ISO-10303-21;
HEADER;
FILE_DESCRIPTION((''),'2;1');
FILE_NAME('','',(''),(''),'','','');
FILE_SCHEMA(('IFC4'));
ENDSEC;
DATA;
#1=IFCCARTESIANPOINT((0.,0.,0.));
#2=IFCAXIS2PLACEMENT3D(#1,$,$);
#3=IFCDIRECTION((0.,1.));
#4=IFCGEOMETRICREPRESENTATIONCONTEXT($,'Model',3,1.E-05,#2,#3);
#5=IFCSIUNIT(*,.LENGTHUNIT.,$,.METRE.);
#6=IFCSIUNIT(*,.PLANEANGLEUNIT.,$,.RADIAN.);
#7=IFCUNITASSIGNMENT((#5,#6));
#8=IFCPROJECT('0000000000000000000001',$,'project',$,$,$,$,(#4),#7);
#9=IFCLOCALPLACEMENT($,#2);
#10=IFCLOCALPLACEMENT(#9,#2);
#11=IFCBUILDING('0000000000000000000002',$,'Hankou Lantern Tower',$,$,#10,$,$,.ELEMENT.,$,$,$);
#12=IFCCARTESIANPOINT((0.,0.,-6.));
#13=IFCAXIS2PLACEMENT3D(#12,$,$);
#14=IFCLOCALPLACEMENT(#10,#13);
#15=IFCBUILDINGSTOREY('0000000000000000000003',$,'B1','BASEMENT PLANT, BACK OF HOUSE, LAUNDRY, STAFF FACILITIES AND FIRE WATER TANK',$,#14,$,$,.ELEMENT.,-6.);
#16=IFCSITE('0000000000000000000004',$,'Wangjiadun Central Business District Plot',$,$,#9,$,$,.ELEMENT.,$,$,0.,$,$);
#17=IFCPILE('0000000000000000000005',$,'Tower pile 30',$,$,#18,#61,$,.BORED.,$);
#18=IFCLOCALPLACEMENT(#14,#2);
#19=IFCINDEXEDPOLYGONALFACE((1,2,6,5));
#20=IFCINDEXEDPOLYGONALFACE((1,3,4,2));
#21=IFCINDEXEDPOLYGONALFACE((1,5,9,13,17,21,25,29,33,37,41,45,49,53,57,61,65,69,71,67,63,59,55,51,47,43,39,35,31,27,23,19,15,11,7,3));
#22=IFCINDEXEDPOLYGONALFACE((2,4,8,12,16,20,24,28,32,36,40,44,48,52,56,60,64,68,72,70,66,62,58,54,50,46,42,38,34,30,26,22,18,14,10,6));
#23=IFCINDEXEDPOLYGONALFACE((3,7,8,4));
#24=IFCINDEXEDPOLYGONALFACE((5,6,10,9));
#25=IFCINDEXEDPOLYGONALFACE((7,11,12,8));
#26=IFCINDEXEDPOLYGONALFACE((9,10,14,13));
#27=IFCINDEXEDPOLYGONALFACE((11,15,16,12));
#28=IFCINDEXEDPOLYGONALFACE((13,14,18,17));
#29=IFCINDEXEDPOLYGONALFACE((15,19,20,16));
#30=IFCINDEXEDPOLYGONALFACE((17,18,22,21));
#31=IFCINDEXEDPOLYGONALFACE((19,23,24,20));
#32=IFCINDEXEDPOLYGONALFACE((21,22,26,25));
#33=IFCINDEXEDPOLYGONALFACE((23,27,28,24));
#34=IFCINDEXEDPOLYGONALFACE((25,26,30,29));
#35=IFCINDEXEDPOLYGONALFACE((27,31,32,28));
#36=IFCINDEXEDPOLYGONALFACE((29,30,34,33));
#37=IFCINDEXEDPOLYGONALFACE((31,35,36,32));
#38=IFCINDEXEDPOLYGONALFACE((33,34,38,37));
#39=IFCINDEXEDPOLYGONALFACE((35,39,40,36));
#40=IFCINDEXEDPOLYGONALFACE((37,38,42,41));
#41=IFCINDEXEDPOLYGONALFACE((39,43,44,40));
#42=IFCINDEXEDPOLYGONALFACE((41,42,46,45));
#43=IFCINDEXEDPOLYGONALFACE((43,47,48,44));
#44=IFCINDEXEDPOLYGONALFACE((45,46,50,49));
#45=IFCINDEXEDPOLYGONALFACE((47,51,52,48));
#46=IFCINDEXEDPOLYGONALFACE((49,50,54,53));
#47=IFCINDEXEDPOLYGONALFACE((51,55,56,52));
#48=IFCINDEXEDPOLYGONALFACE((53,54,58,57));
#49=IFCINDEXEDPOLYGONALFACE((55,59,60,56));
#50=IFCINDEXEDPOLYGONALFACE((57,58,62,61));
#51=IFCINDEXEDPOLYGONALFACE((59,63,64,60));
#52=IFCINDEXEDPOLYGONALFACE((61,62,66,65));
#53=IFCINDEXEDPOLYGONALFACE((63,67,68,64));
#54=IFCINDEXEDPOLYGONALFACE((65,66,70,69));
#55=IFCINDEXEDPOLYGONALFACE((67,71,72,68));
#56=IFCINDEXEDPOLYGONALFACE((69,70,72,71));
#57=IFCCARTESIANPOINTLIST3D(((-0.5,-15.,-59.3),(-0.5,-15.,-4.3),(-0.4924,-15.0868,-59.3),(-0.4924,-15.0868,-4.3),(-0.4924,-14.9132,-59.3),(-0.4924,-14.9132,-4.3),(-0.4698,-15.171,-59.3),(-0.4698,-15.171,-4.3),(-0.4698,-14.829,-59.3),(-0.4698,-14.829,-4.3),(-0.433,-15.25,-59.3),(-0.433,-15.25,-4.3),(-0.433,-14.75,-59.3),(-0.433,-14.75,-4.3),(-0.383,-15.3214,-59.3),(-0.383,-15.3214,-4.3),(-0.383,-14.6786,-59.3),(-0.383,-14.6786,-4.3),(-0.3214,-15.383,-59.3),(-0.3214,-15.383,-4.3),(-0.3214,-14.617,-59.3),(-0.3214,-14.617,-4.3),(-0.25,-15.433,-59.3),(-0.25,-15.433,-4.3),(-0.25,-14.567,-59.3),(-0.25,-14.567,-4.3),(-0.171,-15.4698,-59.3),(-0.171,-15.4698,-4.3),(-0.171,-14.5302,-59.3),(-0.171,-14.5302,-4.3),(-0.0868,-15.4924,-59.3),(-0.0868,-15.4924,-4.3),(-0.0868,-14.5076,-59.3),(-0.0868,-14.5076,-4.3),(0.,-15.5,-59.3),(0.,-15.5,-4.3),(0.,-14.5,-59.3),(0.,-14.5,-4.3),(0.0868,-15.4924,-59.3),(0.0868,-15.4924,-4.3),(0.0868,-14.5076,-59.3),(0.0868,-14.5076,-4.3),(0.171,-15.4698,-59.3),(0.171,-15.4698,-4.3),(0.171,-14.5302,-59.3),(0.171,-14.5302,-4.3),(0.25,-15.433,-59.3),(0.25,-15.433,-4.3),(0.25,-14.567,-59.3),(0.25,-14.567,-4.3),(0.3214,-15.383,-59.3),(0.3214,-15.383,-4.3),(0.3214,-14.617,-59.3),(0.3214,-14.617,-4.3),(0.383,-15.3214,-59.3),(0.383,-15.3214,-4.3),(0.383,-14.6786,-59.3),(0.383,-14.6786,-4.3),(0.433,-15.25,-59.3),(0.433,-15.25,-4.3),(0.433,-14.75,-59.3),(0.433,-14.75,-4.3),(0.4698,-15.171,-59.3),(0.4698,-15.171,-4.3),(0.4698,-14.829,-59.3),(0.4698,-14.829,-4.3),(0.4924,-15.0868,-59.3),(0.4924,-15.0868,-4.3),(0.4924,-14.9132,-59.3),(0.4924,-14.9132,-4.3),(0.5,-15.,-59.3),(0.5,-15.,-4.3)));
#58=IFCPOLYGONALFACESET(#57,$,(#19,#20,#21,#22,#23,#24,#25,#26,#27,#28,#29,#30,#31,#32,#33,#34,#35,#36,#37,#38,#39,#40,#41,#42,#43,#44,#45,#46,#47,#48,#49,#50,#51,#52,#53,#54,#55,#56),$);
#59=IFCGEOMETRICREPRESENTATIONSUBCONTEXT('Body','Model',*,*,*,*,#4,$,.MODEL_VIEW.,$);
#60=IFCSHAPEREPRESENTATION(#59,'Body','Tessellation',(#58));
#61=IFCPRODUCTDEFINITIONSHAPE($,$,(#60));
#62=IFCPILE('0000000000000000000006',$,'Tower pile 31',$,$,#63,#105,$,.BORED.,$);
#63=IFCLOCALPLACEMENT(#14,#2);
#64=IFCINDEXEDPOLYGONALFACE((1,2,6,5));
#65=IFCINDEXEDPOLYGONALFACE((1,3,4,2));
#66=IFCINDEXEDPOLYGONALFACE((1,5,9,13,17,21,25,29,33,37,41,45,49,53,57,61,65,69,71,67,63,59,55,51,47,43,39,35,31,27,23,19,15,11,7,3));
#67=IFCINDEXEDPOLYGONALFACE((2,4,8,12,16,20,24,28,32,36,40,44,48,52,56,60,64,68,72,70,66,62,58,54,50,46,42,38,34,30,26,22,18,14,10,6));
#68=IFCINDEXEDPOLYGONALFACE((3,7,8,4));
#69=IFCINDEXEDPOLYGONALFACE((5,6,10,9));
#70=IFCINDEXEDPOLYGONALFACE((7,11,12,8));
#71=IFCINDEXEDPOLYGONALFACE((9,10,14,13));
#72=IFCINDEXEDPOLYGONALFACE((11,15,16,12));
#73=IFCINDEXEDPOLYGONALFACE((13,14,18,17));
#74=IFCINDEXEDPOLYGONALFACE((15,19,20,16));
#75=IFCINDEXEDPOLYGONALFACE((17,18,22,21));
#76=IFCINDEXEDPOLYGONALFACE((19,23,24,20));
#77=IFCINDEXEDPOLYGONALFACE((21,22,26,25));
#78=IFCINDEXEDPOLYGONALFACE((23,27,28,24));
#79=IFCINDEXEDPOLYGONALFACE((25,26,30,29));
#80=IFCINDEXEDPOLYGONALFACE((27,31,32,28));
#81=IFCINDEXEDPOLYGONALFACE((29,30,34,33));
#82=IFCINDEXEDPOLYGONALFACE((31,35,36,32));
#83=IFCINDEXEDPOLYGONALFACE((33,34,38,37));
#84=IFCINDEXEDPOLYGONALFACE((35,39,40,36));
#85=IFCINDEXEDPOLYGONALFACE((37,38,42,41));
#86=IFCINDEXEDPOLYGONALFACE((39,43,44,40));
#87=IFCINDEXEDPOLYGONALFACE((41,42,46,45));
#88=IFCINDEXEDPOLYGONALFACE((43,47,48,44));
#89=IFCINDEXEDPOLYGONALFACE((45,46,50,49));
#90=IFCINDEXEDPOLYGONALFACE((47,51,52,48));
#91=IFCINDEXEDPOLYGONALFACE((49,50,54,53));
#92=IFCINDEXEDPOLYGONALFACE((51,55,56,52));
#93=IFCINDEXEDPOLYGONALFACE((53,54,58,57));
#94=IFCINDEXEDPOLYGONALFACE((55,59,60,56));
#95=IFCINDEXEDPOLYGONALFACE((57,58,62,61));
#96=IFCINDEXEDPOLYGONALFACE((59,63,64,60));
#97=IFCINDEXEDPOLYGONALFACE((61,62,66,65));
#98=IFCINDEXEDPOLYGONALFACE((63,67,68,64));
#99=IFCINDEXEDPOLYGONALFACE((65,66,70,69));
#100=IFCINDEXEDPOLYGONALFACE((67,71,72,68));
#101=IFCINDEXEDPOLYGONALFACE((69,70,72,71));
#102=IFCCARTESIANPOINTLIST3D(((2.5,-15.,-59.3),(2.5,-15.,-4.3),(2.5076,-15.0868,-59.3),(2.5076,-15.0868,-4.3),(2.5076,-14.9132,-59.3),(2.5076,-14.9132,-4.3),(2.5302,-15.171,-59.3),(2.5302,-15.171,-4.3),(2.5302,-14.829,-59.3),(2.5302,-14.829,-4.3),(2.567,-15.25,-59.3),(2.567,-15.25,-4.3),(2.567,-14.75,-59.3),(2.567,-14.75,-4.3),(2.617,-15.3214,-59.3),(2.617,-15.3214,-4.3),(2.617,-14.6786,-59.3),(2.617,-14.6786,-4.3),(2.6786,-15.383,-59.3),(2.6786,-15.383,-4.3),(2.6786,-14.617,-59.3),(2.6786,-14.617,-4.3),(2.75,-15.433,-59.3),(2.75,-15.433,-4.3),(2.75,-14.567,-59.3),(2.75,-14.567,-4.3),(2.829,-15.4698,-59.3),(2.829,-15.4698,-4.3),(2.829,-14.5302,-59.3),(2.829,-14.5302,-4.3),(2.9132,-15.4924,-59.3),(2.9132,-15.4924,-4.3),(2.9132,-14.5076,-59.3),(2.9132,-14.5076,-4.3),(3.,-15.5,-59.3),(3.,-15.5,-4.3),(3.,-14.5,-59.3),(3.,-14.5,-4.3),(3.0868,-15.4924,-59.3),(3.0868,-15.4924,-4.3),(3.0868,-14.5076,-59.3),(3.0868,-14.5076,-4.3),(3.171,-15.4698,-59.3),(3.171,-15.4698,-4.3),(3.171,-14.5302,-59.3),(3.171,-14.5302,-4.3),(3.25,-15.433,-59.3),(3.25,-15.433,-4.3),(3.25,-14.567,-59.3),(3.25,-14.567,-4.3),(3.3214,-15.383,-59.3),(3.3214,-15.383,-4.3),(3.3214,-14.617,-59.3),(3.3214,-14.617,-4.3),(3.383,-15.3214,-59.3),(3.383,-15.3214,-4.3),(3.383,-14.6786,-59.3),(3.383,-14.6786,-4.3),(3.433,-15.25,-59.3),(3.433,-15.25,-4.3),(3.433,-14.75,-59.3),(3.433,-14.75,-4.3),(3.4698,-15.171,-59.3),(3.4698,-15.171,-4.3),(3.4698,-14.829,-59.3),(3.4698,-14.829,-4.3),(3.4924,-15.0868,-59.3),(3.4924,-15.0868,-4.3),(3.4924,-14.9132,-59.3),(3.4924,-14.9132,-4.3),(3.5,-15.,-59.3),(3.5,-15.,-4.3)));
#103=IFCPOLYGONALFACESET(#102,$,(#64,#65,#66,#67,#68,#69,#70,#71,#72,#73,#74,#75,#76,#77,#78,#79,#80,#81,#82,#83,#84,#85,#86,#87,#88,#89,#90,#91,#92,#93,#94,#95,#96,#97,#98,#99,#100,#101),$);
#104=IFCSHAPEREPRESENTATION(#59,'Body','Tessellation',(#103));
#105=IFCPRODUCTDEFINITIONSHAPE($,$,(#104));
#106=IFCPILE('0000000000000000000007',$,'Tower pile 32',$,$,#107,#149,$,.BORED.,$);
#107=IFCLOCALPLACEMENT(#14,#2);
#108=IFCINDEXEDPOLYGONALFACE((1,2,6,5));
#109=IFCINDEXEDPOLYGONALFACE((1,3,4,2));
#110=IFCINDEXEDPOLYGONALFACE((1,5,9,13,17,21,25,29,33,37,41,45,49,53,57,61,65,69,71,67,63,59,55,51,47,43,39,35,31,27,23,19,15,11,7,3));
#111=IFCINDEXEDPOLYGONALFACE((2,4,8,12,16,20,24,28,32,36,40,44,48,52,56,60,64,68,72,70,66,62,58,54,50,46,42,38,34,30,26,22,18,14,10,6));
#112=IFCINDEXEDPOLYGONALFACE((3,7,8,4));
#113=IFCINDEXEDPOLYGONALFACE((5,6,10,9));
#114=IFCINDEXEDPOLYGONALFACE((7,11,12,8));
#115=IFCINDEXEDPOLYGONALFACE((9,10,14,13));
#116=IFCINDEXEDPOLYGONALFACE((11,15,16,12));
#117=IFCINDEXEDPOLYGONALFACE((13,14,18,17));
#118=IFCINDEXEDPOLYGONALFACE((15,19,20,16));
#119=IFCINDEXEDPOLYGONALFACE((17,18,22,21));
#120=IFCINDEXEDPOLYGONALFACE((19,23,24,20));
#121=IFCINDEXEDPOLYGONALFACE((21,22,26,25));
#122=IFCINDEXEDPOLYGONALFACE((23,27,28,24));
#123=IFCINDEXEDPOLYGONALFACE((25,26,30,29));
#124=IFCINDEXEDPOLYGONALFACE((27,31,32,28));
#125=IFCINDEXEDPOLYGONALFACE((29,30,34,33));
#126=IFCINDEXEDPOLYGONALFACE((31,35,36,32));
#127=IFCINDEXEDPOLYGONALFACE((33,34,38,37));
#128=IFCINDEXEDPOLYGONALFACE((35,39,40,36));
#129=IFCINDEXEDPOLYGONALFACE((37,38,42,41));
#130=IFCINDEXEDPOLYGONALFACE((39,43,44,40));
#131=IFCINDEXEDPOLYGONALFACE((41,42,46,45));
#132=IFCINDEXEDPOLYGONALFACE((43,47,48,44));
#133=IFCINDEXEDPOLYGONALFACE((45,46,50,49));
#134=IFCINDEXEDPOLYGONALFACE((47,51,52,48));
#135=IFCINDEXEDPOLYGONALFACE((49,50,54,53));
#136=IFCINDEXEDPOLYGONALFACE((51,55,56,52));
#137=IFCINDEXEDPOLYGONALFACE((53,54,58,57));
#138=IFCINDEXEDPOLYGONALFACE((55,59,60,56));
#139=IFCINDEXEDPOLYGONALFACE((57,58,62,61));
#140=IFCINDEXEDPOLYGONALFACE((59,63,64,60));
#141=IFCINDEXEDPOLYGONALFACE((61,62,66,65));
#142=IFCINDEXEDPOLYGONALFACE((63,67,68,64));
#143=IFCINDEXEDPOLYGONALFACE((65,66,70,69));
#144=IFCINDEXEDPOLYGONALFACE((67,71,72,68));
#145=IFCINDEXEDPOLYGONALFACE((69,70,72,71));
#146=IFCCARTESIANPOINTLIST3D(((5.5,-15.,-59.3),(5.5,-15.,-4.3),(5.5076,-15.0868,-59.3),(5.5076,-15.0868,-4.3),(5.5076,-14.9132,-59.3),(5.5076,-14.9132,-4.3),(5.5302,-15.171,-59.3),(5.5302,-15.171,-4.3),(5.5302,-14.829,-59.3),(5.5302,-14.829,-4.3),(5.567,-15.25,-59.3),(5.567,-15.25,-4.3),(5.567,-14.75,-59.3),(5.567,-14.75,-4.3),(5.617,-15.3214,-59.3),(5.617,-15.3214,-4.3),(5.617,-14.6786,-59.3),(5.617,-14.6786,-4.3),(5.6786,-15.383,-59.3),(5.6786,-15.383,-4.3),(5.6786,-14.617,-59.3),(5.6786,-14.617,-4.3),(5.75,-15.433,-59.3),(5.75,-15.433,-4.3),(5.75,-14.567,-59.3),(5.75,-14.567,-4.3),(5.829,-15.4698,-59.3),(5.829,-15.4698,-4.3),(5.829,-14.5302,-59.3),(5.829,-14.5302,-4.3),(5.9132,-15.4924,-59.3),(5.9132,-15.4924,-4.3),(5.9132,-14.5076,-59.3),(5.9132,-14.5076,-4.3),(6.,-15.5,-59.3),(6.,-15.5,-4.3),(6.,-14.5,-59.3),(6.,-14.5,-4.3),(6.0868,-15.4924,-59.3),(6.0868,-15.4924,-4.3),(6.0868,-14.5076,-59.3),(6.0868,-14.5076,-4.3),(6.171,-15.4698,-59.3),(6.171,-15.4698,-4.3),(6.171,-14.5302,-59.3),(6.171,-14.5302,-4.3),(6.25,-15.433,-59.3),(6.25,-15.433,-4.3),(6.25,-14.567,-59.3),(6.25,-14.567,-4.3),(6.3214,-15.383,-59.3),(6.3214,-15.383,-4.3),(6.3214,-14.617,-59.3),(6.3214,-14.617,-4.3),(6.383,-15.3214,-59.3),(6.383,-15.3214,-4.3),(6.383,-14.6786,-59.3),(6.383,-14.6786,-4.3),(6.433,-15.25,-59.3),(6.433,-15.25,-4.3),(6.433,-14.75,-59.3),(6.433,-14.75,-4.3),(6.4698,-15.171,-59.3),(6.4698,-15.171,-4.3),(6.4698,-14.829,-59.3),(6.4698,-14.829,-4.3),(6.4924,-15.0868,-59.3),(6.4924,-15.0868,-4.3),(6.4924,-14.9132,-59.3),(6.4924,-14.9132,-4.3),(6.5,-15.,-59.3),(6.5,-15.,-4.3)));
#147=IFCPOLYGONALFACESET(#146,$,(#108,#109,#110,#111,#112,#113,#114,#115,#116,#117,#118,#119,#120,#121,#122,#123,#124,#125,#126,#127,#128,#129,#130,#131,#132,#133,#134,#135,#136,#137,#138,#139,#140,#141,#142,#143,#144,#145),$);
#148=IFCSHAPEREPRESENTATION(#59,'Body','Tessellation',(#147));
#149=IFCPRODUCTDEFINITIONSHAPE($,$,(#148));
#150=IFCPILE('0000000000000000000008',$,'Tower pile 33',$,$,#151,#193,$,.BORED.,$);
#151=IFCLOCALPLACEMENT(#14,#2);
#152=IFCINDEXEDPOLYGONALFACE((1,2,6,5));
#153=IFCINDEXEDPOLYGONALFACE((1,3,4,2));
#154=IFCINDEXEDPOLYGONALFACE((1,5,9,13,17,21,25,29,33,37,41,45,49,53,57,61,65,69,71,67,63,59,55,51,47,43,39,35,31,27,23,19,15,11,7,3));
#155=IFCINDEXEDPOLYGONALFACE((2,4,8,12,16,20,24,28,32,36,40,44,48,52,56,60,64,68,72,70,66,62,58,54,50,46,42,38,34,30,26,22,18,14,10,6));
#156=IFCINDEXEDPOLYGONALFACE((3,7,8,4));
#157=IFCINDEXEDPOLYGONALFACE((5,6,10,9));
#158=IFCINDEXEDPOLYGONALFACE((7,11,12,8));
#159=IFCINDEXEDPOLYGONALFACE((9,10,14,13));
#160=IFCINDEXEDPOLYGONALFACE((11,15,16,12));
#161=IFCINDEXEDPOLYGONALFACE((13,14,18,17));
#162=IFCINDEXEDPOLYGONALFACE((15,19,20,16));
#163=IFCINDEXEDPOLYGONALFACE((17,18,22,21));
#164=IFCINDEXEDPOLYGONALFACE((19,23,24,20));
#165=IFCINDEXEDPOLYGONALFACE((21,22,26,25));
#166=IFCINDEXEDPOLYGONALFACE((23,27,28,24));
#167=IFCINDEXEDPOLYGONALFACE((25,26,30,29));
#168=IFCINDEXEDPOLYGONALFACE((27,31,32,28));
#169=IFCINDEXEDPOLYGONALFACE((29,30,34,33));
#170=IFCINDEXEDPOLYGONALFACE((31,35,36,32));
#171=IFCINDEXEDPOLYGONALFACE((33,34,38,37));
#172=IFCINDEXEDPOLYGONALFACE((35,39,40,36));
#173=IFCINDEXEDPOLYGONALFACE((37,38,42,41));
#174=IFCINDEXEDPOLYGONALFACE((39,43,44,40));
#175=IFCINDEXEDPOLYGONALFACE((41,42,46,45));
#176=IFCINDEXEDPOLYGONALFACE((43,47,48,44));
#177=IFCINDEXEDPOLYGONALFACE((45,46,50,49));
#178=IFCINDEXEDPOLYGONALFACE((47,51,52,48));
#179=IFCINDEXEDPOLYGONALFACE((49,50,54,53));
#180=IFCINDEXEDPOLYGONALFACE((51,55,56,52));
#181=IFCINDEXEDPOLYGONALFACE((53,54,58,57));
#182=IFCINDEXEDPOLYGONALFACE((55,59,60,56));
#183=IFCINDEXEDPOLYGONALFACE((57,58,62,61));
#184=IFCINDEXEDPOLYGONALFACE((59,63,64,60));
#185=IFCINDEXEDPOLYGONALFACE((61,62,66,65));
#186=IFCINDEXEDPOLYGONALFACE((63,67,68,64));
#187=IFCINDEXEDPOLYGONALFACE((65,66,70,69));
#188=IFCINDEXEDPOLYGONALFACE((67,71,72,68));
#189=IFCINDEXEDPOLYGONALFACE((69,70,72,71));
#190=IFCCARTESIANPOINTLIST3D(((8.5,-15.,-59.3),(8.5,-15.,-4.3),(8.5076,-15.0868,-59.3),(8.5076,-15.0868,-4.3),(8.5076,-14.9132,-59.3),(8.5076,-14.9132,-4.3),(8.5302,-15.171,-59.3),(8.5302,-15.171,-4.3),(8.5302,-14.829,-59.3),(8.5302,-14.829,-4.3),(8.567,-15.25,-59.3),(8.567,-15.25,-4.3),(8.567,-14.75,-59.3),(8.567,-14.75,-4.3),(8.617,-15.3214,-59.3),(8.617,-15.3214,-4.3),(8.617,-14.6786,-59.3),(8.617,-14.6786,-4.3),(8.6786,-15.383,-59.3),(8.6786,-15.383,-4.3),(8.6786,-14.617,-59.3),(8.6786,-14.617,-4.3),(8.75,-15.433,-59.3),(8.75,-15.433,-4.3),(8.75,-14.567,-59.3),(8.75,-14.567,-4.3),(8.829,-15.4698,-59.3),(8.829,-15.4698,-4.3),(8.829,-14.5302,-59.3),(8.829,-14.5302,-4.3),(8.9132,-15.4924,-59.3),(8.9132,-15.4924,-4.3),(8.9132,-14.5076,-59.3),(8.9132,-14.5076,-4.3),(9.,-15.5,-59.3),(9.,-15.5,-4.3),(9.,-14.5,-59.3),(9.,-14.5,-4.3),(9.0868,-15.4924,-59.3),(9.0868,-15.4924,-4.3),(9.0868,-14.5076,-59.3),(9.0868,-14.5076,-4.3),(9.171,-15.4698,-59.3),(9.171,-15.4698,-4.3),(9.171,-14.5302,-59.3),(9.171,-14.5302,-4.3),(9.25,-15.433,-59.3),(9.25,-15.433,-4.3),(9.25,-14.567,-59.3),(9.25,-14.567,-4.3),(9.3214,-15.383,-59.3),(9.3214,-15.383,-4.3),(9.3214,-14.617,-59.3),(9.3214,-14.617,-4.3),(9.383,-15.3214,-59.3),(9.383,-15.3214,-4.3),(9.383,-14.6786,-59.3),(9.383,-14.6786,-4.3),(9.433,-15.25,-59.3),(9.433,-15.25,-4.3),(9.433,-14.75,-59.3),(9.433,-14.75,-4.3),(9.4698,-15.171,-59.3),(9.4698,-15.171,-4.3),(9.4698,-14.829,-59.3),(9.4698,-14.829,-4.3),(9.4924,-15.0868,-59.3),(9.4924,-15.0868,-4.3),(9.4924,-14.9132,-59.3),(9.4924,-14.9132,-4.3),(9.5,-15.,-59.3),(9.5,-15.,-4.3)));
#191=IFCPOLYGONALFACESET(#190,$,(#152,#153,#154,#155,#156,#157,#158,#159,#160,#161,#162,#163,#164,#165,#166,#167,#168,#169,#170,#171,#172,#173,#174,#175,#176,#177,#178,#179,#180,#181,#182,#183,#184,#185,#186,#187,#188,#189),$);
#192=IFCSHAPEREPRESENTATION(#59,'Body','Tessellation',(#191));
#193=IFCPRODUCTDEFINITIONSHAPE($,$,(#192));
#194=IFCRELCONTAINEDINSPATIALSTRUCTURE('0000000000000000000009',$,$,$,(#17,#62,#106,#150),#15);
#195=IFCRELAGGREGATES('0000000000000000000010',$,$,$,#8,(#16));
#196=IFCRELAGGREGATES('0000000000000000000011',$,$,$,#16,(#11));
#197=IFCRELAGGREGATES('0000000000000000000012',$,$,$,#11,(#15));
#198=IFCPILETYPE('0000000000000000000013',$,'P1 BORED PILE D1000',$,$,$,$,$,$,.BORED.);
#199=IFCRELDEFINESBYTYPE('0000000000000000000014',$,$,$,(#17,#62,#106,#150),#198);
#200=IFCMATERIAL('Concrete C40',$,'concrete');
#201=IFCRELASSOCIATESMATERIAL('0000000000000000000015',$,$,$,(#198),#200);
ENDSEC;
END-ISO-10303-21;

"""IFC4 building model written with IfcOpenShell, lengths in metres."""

from ifc_helpers import new_model, si_unit, direction, frame, origin, origin_2d, place, context, subcontext, project, spatial, circle, extrude, material, material_profile, profile_set, type_object, element, save


model = new_model("IFC4")

# Units and contexts
model_context = context("Model", 3, precision=1e-05, world=origin(), true_north=direction((0.0, 1.0)))
body_context = subcontext(model_context, "Body", "Model", "MODEL_VIEW")
ifc_project = project(units=[si_unit("LENGTHUNIT", "METRE"), si_unit("PLANEANGLEUNIT", "RADIAN")], contexts=[model_context])

# Site, building, storey
site_placement = place(None, origin())
site = spatial("IfcSite", under=ifc_project, at=site_placement, Name="Wangjiadun Central Business District Plot", CompositionType="ELEMENT", RefElevation=0.0)
building_placement = place(site_placement, origin())
building = spatial("IfcBuilding", under=site, at=building_placement, Name="Hankou Lantern Tower", CompositionType="ELEMENT")
storey_placement = place(building_placement, frame((0.0, 0.0, -6.0)))
storey = spatial("IfcBuildingStorey", under=building, at=storey_placement, Name="B1", Description="BASEMENT PLANT, BACK OF HOUSE, LAUNDRY, STAFF FACILITIES AND FIRE WATER TANK", CompositionType="ELEMENT", Elevation=-6.0)

# Piles
ifc_material_1 = material(Name="Concrete C40", Category="concrete")
ifc_material_profile_1 = material_profile(ifc_material_1, circle(Radius=0.5, at=origin_2d()), Name="RC D1000")
ifc_profile_set_1 = profile_set([ifc_material_profile_1], Name="Concrete C40")
pile_type = type_object("IfcPileType", Name="P1 BORED PILE D1000", PredefinedType="BORED", material=ifc_profile_set_1)
for number, where, z_axis, x_axis, name in (
    (1, (0.0, -15.0, -4.3), (0.0, 0.0, -1.0), (1.0, 0.0, 0.0), "Tower pile 30"),
    (2, (3.0, -15.0, -4.3), (0.0, 0.0, -1.0), (1.0, 0.0, 0.0), "Tower pile 31"),
    (3, (6.0, -15.0, -4.3), (0.0, 0.0, -1.0), (1.0, 0.0, 0.0), "Tower pile 32"),
    (4, (9.0, -15.0, -4.3), (0.0, 0.0, -1.0), (1.0, 0.0, 0.0), "Tower pile 33"),
):
    element("IfcPile", number, at=place(storey_placement, frame(where, z_axis=z_axis, x_axis=x_axis)), inside=storey, type_object=pile_type, Name=name, PredefinedType="BORED", context=body_context, shape_type="SweptSolid", body=[
        extrude(circle(Radius=0.5, at=origin_2d()), origin(), (0.0, 0.0, 1.0), 55.0),
    ])

save(model, "model.ifc")
